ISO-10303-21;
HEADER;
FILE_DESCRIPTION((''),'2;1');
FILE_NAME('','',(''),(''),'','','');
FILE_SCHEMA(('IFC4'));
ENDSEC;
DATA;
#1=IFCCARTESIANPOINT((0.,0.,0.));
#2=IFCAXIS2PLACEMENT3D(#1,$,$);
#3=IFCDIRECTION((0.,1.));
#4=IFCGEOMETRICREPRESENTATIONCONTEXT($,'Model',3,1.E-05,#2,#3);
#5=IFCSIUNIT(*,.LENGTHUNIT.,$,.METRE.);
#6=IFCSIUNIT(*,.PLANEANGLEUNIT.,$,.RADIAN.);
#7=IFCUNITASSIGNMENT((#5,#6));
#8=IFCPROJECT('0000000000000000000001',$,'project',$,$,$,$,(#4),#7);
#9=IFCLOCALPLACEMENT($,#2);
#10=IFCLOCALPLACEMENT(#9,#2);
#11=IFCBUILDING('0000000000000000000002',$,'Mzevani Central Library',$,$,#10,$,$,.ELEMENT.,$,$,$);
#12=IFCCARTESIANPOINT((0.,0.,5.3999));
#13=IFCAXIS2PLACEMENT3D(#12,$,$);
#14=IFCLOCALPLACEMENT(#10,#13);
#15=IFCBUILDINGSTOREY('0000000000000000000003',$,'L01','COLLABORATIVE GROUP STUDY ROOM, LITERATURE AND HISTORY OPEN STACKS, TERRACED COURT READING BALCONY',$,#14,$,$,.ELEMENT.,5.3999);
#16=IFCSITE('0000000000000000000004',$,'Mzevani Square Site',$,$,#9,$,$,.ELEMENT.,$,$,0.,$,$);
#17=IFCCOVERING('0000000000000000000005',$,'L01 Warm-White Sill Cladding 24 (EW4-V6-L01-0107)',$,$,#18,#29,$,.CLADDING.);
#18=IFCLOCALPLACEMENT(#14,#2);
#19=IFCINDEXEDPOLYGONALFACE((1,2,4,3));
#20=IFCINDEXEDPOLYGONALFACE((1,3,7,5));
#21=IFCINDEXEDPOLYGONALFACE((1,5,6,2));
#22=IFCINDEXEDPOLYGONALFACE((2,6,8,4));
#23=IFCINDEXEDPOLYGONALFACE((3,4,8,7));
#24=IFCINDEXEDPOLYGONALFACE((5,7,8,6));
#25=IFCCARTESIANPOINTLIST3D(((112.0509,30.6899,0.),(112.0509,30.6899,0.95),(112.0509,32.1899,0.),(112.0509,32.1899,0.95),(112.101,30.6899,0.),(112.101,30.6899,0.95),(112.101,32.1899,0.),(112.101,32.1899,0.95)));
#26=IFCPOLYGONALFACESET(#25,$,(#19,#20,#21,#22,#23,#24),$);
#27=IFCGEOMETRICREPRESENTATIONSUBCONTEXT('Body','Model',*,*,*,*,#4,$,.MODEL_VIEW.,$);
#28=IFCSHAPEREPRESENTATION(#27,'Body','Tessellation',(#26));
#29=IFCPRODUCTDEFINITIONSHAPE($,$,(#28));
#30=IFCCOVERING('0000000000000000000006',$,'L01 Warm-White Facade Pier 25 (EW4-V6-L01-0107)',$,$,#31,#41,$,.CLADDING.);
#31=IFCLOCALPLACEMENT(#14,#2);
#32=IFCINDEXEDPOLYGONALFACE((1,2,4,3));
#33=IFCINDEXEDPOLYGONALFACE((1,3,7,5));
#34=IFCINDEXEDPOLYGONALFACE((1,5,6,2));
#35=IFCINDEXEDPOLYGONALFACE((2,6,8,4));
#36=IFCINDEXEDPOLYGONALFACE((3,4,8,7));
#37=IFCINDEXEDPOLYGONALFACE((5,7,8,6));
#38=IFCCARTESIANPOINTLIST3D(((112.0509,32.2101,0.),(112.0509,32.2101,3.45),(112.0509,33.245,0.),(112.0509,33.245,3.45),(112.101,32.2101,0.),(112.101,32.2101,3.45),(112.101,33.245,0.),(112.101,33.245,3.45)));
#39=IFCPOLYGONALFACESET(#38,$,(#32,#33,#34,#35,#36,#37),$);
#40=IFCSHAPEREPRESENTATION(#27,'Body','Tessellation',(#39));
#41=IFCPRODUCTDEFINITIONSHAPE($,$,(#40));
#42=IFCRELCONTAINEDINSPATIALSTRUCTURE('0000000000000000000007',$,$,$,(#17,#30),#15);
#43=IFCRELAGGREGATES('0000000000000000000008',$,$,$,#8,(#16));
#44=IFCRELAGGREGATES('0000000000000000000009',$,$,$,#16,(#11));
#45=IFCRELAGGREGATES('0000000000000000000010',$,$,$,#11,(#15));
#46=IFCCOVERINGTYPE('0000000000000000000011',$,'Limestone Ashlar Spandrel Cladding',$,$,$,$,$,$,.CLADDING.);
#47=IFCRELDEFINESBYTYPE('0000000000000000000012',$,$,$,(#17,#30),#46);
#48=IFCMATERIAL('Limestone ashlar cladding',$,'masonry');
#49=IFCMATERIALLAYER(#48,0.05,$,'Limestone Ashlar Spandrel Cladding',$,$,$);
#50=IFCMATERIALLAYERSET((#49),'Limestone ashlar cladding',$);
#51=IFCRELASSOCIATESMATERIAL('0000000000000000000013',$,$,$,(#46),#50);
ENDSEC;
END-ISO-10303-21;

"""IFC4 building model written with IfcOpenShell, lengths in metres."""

from ifc_helpers import new_model, si_unit, direction, frame, origin, origin_2d, place, context, subcontext, project, spatial, rectangle, extrude, material, layer, layer_set, type_object, element, save


model = new_model("IFC4")

# Units and contexts
model_context = context("Model", 3, precision=1e-05, world=origin(), true_north=direction((0.0, 1.0)))
body_context = subcontext(model_context, "Body", "Model", "MODEL_VIEW")
ifc_project = project(units=[si_unit("LENGTHUNIT", "METRE"), si_unit("PLANEANGLEUNIT", "RADIAN")], contexts=[model_context])

# Site, building, storey
site_placement = place(None, origin())
site = spatial("IfcSite", under=ifc_project, at=site_placement, Name="Mzevani Square Site", CompositionType="ELEMENT", RefElevation=0.0)
building_placement = place(site_placement, origin())
building = spatial("IfcBuilding", under=site, at=building_placement, Name="Mzevani Central Library", CompositionType="ELEMENT")
storey_placement = place(building_placement, frame((0.0, 0.0, 5.3999)))
storey = spatial("IfcBuildingStorey", under=building, at=storey_placement, Name="L01", Description="COLLABORATIVE GROUP STUDY ROOM, LITERATURE AND HISTORY OPEN STACKS, TERRACED COURT READING BALCONY", CompositionType="ELEMENT", Elevation=5.3999)

# Coverings
ifc_material_1 = material(Name="Limestone ashlar cladding", Category="masonry")
ifc_layer_1 = layer(ifc_material_1, 0.05, Name="Limestone Ashlar Spandrel Cladding")
ifc_layer_set_1 = layer_set([ifc_layer_1], Name="Limestone ashlar cladding")
covering_type = type_object("IfcCoveringType", Name="Limestone Ashlar Spandrel Cladding", PredefinedType="CLADDING", material=ifc_layer_set_1)
covering_1_placement = place(storey_placement, frame((112.0759, 31.4399, 0.0), z_axis=(0.0, 0.0, 1.0), x_axis=(0.0, 1.0, 0.0)))
element("IfcCovering", 1, at=covering_1_placement, inside=storey, type_object=covering_type, Name="L01 Warm-White Sill Cladding 24 (EW4-V6-L01-0107)", PredefinedType="CLADDING", context=body_context, shape_type="SweptSolid", body=[
    extrude(rectangle(XDim=1.5, YDim=0.05, at=origin_2d()), origin(), (0.0, 0.0, 1.0), 0.95),
])
covering_2_placement = place(storey_placement, frame((112.0759, 32.7275, 0.0), z_axis=(0.0, 0.0, 1.0), x_axis=(0.0, 1.0, 0.0)))
element("IfcCovering", 2, at=covering_2_placement, inside=storey, type_object=covering_type, Name="L01 Warm-White Facade Pier 25 (EW4-V6-L01-0107)", PredefinedType="CLADDING", context=body_context, shape_type="SweptSolid", body=[
    extrude(rectangle(XDim=1.0349, YDim=0.05, at=origin_2d()), origin(), (0.0, 0.0, 1.0), 3.45),
])

save(model, "model.ifc")
